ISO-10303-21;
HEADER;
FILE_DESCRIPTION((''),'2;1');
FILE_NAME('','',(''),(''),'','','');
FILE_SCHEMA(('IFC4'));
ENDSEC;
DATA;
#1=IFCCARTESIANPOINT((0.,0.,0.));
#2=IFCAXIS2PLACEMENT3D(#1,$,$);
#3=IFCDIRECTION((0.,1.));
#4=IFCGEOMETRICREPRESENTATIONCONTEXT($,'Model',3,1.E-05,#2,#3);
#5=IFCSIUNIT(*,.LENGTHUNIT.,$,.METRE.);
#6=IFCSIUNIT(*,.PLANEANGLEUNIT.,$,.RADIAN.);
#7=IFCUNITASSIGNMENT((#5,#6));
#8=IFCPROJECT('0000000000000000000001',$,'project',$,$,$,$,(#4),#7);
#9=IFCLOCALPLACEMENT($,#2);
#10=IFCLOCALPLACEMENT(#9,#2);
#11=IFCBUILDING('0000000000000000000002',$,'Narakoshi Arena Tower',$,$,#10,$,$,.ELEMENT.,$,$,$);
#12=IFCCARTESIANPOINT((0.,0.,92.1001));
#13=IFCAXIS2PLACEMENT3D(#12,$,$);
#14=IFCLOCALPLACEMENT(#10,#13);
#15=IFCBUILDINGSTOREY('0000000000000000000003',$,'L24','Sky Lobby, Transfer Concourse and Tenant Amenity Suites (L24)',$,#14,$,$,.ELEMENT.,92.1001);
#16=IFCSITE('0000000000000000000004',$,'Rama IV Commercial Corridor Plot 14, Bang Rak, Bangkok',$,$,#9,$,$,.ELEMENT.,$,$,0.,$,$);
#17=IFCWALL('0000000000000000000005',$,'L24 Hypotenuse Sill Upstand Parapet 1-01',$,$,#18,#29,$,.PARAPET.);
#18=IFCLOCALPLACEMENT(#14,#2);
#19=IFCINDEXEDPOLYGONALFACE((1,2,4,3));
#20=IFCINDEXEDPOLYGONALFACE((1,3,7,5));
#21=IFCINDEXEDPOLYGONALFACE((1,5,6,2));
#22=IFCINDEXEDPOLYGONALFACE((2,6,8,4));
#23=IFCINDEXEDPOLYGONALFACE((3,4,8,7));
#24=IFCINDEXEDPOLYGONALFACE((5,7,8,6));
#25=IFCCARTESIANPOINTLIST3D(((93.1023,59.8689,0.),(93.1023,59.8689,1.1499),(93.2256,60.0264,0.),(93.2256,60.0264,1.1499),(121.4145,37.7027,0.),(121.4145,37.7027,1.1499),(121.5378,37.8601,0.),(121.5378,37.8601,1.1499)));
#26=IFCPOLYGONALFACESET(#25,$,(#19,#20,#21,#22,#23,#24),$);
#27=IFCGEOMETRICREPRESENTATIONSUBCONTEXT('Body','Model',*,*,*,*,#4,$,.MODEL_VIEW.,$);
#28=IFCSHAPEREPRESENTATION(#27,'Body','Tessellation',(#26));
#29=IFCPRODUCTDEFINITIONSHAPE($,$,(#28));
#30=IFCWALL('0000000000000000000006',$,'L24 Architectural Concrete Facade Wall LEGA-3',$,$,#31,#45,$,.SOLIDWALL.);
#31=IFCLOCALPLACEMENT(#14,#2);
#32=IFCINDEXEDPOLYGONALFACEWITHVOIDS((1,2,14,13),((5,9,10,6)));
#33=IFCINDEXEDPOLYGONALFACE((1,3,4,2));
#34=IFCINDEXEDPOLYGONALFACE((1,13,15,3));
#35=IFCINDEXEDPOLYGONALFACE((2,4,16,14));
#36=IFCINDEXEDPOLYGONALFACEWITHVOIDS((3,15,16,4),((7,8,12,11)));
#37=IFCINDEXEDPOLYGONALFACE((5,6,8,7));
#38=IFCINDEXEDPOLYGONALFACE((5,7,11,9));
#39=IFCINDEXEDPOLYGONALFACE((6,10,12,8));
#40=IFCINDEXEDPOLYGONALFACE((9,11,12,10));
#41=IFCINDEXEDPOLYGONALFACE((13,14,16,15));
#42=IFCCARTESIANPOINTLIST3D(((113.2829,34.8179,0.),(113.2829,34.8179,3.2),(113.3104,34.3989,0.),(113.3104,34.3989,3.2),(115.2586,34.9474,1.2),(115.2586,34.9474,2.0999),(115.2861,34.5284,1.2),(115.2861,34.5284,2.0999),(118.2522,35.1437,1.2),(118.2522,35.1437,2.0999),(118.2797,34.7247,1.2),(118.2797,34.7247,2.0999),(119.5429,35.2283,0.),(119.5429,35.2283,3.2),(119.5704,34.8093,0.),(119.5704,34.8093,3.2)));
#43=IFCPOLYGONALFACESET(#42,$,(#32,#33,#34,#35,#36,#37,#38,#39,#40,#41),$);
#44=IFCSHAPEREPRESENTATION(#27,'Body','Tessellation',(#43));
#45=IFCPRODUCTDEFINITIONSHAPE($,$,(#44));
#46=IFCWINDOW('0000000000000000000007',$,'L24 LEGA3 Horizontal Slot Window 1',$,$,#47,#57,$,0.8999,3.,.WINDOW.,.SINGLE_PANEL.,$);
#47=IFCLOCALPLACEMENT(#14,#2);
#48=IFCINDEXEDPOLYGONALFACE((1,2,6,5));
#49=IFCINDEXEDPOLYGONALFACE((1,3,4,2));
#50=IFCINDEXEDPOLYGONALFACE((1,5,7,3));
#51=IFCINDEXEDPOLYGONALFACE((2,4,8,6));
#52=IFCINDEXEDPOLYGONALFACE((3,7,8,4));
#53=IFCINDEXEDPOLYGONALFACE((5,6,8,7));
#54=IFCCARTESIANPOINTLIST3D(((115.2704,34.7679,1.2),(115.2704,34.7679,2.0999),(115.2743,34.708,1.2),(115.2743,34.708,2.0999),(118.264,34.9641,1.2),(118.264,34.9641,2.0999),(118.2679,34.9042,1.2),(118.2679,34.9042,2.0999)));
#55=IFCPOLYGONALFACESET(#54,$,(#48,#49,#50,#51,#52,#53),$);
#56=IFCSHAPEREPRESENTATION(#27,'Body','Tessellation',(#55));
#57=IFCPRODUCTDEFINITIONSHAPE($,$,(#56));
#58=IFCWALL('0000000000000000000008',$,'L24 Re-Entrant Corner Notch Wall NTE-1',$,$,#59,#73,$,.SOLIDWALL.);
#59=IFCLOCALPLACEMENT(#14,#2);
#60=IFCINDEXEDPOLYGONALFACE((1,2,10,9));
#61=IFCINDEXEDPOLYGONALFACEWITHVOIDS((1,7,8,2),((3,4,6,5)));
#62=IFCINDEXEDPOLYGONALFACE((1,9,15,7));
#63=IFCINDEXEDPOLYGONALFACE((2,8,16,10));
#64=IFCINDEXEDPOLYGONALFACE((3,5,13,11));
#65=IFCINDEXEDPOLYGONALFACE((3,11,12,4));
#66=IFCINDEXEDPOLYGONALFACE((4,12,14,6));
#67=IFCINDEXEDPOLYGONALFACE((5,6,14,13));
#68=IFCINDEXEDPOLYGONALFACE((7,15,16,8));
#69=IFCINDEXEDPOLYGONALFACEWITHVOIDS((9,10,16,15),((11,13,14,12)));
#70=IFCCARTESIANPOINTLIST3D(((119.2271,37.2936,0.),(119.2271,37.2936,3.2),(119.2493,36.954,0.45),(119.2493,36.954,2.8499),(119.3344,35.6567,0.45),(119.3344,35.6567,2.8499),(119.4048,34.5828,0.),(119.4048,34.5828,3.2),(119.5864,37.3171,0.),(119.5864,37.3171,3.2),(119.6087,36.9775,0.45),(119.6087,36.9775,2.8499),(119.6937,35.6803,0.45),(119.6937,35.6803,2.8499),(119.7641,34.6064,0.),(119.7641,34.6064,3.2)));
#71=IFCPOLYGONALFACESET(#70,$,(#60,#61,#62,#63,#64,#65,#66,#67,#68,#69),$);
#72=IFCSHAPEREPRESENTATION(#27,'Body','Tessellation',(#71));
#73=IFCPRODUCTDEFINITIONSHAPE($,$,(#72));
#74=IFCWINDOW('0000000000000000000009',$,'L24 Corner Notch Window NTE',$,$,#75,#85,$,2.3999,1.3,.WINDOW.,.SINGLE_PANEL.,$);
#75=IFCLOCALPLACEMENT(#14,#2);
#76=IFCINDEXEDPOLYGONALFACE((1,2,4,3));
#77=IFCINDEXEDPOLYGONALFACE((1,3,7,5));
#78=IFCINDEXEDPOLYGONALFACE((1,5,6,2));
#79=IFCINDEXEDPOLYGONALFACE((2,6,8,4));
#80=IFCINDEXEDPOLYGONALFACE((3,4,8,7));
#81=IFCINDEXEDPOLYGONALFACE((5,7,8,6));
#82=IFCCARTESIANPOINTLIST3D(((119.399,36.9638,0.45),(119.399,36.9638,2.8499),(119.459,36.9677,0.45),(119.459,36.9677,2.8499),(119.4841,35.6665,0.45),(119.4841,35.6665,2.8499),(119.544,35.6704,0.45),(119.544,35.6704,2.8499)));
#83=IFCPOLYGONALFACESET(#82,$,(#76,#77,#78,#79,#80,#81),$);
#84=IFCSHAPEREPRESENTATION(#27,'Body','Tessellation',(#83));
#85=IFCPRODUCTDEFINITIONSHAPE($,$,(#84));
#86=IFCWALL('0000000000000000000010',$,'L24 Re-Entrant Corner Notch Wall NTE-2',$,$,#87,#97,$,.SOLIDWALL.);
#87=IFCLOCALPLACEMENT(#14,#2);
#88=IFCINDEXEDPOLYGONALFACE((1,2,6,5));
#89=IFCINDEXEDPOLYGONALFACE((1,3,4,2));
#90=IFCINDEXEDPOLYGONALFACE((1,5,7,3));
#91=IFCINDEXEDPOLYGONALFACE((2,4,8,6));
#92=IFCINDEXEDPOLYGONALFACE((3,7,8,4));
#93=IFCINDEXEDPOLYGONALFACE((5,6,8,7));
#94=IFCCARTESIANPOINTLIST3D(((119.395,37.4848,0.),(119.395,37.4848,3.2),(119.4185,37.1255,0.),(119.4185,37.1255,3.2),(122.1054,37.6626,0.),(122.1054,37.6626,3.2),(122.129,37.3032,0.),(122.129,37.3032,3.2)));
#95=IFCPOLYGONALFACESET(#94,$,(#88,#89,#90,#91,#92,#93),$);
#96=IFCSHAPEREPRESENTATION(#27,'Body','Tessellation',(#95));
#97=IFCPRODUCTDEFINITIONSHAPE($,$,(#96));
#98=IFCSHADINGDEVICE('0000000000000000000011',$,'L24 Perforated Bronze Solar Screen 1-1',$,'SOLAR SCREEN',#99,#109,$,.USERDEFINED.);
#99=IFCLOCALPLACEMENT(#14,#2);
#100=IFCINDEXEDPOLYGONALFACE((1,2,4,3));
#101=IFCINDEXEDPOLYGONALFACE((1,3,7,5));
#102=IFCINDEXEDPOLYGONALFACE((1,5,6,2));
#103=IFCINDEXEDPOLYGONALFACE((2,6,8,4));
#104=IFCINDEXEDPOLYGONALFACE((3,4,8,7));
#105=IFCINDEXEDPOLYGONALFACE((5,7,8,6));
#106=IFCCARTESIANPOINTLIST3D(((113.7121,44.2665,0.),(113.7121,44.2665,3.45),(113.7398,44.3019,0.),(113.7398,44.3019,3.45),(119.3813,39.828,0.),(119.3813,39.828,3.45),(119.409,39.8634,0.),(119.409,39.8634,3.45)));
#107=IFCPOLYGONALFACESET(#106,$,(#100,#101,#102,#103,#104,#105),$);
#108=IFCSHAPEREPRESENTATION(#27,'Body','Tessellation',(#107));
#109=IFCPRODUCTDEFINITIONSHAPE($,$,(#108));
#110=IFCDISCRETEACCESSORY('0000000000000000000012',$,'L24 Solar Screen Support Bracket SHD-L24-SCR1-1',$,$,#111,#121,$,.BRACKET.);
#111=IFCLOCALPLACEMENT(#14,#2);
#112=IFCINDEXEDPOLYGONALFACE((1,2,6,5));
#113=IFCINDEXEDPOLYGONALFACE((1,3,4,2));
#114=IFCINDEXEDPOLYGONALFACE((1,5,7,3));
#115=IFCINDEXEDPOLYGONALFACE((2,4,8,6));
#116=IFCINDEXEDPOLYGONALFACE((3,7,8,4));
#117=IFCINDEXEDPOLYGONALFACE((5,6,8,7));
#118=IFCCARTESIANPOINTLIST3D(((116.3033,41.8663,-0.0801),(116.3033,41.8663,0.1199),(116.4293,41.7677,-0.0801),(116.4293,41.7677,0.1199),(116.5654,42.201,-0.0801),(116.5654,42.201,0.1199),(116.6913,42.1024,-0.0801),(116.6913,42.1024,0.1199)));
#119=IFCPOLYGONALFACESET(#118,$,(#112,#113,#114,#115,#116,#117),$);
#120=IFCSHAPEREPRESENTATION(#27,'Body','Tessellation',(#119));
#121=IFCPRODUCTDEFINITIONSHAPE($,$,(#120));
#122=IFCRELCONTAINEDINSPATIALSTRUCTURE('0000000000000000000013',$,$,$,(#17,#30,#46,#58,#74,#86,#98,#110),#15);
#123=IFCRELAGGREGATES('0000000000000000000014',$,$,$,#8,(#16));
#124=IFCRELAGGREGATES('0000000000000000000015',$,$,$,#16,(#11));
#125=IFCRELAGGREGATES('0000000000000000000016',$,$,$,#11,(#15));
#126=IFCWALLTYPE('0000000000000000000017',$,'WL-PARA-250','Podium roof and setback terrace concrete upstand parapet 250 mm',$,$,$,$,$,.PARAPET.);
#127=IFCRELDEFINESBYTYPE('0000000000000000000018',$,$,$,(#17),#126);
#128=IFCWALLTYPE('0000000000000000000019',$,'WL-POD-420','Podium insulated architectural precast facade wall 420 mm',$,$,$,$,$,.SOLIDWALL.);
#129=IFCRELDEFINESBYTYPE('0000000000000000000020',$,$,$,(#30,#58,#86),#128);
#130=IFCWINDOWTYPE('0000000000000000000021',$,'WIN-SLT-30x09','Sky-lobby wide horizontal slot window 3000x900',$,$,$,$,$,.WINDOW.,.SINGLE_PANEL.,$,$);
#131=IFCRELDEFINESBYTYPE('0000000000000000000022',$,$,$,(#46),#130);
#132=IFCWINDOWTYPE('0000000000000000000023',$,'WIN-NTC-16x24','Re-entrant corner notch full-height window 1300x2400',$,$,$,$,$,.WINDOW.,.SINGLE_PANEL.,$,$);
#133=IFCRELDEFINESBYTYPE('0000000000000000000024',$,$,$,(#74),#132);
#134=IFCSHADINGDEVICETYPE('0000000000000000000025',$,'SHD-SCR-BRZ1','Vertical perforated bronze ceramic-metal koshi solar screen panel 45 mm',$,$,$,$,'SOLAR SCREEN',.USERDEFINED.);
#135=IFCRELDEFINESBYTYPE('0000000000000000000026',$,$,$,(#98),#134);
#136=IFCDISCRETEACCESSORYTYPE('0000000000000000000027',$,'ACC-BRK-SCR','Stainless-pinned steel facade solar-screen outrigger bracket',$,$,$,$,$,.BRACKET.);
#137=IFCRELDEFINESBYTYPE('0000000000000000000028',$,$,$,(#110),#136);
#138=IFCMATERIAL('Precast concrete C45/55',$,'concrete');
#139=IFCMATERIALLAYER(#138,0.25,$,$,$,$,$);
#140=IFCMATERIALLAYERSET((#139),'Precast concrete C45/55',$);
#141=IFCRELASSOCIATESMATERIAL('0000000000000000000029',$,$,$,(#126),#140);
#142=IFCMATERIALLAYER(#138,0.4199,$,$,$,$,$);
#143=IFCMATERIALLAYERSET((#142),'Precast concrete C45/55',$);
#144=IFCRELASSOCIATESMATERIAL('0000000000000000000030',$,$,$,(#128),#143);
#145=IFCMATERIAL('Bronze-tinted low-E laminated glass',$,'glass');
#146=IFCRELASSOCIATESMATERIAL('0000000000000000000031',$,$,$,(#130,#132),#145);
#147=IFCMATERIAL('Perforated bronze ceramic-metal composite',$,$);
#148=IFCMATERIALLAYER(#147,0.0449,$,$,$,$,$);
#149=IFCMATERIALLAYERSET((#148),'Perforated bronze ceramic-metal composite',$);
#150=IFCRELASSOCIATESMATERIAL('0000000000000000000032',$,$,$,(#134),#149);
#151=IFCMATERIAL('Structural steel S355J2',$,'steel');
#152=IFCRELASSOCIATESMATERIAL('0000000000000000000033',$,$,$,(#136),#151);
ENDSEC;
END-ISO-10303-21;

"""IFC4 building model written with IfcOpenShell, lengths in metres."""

from ifc_helpers import new_model, si_unit, direction, frame, frame_2d, origin, origin_2d, place, context, subcontext, project, spatial, rectangle, extrude, material, layer, layer_set, type_object, element, fill, save


model = new_model("IFC4")

# Units and contexts
model_context = context("Model", 3, precision=1e-05, world=origin(), true_north=direction((0.0, 1.0)))
body_context = subcontext(model_context, "Body", "Model", "MODEL_VIEW")
ifc_project = project(units=[si_unit("LENGTHUNIT", "METRE"), si_unit("PLANEANGLEUNIT", "RADIAN")], contexts=[model_context])

# Site, building, storey
site_placement = place(None, origin())
site = spatial("IfcSite", under=ifc_project, at=site_placement, Name="Rama IV Commercial Corridor Plot 14, Bang Rak, Bangkok", CompositionType="ELEMENT", RefElevation=0.0)
building_placement = place(site_placement, origin())
building = spatial("IfcBuilding", under=site, at=building_placement, Name="Narakoshi Arena Tower", CompositionType="ELEMENT")
storey_placement = place(building_placement, frame((0.0, 0.0, 92.1001)))
storey = spatial("IfcBuildingStorey", under=building, at=storey_placement, Name="L24", Description="Sky Lobby, Transfer Concourse and Tenant Amenity Suites (L24)", CompositionType="ELEMENT", Elevation=92.1001)

# Shared definitions
ifc_material_1 = material(Name="Bronze-tinted low-E laminated glass", Category="glass")

# Wall
ifc_material_2 = material(Name="Precast concrete C45/55", Category="concrete")
ifc_layer_1 = layer(ifc_material_2, 0.25)
ifc_layer_set_1 = layer_set([ifc_layer_1], Name="Precast concrete C45/55")
wall_type_1 = type_object("IfcWallType", Name="WL-PARA-250", Description="Podium roof and setback terrace concrete upstand parapet 250 mm", PredefinedType="PARAPET", material=ifc_layer_set_1)
wall_1_placement = place(storey_placement, frame((121.4761, 37.7815, 0.0), z_axis=(0.0, 0.0, 1.0), x_axis=(-0.787386, 0.616461, 0.0)))
element("IfcWall", 1, at=wall_1_placement, inside=storey, type_object=wall_type_1, Name="L24 Hypotenuse Sill Upstand Parapet 1-01", PredefinedType="PARAPET", context=body_context, shape_type="SweptSolid", body=[
    extrude(rectangle(XDim=35.9573, YDim=0.2, at=frame_2d((17.9785, 0.0))), origin(), (0.0, 0.0, 1.0), 1.1499),
])

# Walls, openings, windows
ifc_layer_2 = layer(ifc_material_2, 0.4199)
ifc_layer_set_2 = layer_set([ifc_layer_2], Name="Precast concrete C45/55")
wall_type_2 = type_object("IfcWallType", Name="WL-POD-420", Description="Podium insulated architectural precast facade wall 420 mm", PredefinedType="SOLIDWALL", material=ifc_layer_set_2)
wall_2_placement = place(storey_placement, frame((113.2966, 34.6084, 0.0), z_axis=(0.0, 0.0, 1.0), x_axis=(0.997858, 0.065419, 0.0)))
wall_2 = element("IfcWall", 2, at=wall_2_placement, inside=storey, type_object=wall_type_2, Name="L24 Architectural Concrete Facade Wall LEGA-3", PredefinedType="SOLIDWALL", context=body_context, shape_type="SweptSolid", body=[
    extrude(rectangle(XDim=6.2734, YDim=0.4199, at=frame_2d((3.1367, 0.0))), origin(), (0.0, 0.0, 1.0), 3.2),
])
opening_1_placement = place(wall_2_placement, frame((1.98, 0.0, 1.2)))
opening_1 = element("IfcOpeningElement", 3, at=opening_1_placement, cuts=wall_2, PredefinedType="OPENING", context=body_context, shape_type="SweptSolid", body=[
    extrude(rectangle(XDim=3.0, YDim=0.8999, at=frame_2d((1.5, 0.45))), frame((0.0, 0.22, 0.0), z_axis=(0.0, -1.0, 0.0), x_axis=(1.0, 0.0, 0.0)), (0.0, 0.0, 1.0), 0.4399),
])
window_type_1 = type_object("IfcWindowType", Name="WIN-SLT-30x09", Description="Sky-lobby wide horizontal slot window 3000x900", PartitioningType="SINGLE_PANEL", PredefinedType="WINDOW", material=ifc_material_1)
window_1_placement = place(opening_1_placement, origin())
window_1 = element("IfcWindow", 4, at=window_1_placement, inside=storey, type_object=window_type_1, Name="L24 LEGA3 Horizontal Slot Window 1", OverallHeight=0.8999, OverallWidth=3.0, PartitioningType="SINGLE_PANEL", PredefinedType="WINDOW", context=body_context, shape_type="SweptSolid", body=[
    extrude(rectangle(XDim=3.0, YDim=0.8999, at=frame_2d((1.5, 0.45))), frame((0.0, 0.03, 0.0), z_axis=(0.0, -1.0, 0.0), x_axis=(1.0, 0.0, 0.0)), (0.0, 0.0, 1.0), 0.0601),
])
fill(opening_1, window_1)
wall_3_placement = place(storey_placement, frame((119.5845, 34.5945, 0.0), z_axis=(0.0, 0.0, 1.0), x_axis=(-0.065427, 0.997857, 0.0)))
wall_3 = element("IfcWall", 5, at=wall_3_placement, inside=storey, type_object=wall_type_2, Name="L24 Re-Entrant Corner Notch Wall NTE-1", PredefinedType="SOLIDWALL", context=body_context, shape_type="SweptSolid", body=[
    extrude(rectangle(XDim=2.7166, YDim=0.3601, at=frame_2d((1.3584, 0.0))), origin(), (0.0, 0.0, 1.0), 3.2),
])
opening_2_placement = place(wall_3_placement, frame((1.0764, 0.0, 0.45)))
opening_2 = element("IfcOpeningElement", 6, at=opening_2_placement, cuts=wall_3, PredefinedType="OPENING", context=body_context, shape_type="SweptSolid", body=[
    extrude(rectangle(XDim=1.3, YDim=2.3999, at=frame_2d((0.6499, 1.2))), frame((0.0, 0.1899, 0.0), z_axis=(0.0, -1.0, 0.0), x_axis=(1.0, 0.0, 0.0)), (0.0, 0.0, 1.0), 0.3801),
])
window_type_2 = type_object("IfcWindowType", Name="WIN-NTC-16x24", Description="Re-entrant corner notch full-height window 1300x2400", PartitioningType="SINGLE_PANEL", PredefinedType="WINDOW", material=ifc_material_1)
window_2_placement = place(opening_2_placement, origin())
window_2 = element("IfcWindow", 7, at=window_2_placement, inside=storey, type_object=window_type_2, Name="L24 Corner Notch Window NTE", OverallHeight=2.3999, OverallWidth=1.3, PartitioningType="SINGLE_PANEL", PredefinedType="WINDOW", context=body_context, shape_type="SweptSolid", body=[
    extrude(rectangle(XDim=1.3, YDim=2.3999, at=frame_2d((0.6499, 1.2))), frame((0.0, 0.03, 0.0), z_axis=(0.0, -1.0, 0.0), x_axis=(1.0, 0.0, 0.0)), (0.0, 0.0, 1.0), 0.0601),
])
fill(opening_2, window_2)

# Wall
wall_4_placement = place(storey_placement, frame((119.4067, 37.3052, 0.0), z_axis=(0.0, 0.0, 1.0), x_axis=(0.997857, 0.065433, 0.0)))
element("IfcWall", 8, at=wall_4_placement, inside=storey, type_object=wall_type_2, Name="L24 Re-Entrant Corner Notch Wall NTE-2", PredefinedType="SOLIDWALL", context=body_context, shape_type="SweptSolid", body=[
    extrude(rectangle(XDim=2.7163, YDim=0.3601, at=frame_2d((1.3582, 0.0))), origin(), (0.0, 0.0, 1.0), 3.2),
])

# Shading device
ifc_material_3 = material(Name="Perforated bronze ceramic-metal composite")
ifc_layer_3 = layer(ifc_material_3, 0.0449)
ifc_layer_set_3 = layer_set([ifc_layer_3], Name="Perforated bronze ceramic-metal composite")
shading_device_type = type_object("IfcShadingDeviceType", Name="SHD-SCR-BRZ1", Description="Vertical perforated bronze ceramic-metal koshi solar screen panel 45 mm", ElementType="SOLAR SCREEN", PredefinedType="USERDEFINED", material=ifc_layer_set_3)
shading_device_placement = place(storey_placement, frame((116.5605, 42.0649, 0.0), z_axis=(0.0, 0.0, 1.0), x_axis=(-0.787387, 0.616459, 0.0)))
element("IfcShadingDevice", 9, at=shading_device_placement, inside=storey, type_object=shading_device_type, Name="L24 Perforated Bronze Solar Screen 1-1", ObjectType="SOLAR SCREEN", PredefinedType="USERDEFINED", context=body_context, shape_type="SweptSolid", body=[
    extrude(rectangle(XDim=7.2, YDim=0.0449, at=origin_2d()), origin(), (0.0, 0.0, 1.0), 3.45),
])

# Discrete accessory
ifc_material_4 = material(Name="Structural steel S355J2", Category="steel")
discrete_accessory_type = type_object("IfcDiscreteAccessoryType", Name="ACC-BRK-SCR", Description="Stainless-pinned steel facade solar-screen outrigger bracket", PredefinedType="BRACKET", material=ifc_material_4)
discrete_accessory_placement = place(storey_placement, frame((116.4973, 41.9844, -0.0801), z_axis=(0.0, 0.0, 1.0), x_axis=(-0.787387, 0.616459, 0.0)))
element("IfcDiscreteAccessory", 10, at=discrete_accessory_placement, inside=storey, type_object=discrete_accessory_type, Name="L24 Solar Screen Support Bracket SHD-L24-SCR1-1", PredefinedType="BRACKET", context=body_context, shape_type="SweptSolid", body=[
    extrude(rectangle(XDim=0.1599, YDim=0.425, at=origin_2d()), origin(), (0.0, 0.0, 1.0), 0.2),
])

save(model, "model.ifc")
